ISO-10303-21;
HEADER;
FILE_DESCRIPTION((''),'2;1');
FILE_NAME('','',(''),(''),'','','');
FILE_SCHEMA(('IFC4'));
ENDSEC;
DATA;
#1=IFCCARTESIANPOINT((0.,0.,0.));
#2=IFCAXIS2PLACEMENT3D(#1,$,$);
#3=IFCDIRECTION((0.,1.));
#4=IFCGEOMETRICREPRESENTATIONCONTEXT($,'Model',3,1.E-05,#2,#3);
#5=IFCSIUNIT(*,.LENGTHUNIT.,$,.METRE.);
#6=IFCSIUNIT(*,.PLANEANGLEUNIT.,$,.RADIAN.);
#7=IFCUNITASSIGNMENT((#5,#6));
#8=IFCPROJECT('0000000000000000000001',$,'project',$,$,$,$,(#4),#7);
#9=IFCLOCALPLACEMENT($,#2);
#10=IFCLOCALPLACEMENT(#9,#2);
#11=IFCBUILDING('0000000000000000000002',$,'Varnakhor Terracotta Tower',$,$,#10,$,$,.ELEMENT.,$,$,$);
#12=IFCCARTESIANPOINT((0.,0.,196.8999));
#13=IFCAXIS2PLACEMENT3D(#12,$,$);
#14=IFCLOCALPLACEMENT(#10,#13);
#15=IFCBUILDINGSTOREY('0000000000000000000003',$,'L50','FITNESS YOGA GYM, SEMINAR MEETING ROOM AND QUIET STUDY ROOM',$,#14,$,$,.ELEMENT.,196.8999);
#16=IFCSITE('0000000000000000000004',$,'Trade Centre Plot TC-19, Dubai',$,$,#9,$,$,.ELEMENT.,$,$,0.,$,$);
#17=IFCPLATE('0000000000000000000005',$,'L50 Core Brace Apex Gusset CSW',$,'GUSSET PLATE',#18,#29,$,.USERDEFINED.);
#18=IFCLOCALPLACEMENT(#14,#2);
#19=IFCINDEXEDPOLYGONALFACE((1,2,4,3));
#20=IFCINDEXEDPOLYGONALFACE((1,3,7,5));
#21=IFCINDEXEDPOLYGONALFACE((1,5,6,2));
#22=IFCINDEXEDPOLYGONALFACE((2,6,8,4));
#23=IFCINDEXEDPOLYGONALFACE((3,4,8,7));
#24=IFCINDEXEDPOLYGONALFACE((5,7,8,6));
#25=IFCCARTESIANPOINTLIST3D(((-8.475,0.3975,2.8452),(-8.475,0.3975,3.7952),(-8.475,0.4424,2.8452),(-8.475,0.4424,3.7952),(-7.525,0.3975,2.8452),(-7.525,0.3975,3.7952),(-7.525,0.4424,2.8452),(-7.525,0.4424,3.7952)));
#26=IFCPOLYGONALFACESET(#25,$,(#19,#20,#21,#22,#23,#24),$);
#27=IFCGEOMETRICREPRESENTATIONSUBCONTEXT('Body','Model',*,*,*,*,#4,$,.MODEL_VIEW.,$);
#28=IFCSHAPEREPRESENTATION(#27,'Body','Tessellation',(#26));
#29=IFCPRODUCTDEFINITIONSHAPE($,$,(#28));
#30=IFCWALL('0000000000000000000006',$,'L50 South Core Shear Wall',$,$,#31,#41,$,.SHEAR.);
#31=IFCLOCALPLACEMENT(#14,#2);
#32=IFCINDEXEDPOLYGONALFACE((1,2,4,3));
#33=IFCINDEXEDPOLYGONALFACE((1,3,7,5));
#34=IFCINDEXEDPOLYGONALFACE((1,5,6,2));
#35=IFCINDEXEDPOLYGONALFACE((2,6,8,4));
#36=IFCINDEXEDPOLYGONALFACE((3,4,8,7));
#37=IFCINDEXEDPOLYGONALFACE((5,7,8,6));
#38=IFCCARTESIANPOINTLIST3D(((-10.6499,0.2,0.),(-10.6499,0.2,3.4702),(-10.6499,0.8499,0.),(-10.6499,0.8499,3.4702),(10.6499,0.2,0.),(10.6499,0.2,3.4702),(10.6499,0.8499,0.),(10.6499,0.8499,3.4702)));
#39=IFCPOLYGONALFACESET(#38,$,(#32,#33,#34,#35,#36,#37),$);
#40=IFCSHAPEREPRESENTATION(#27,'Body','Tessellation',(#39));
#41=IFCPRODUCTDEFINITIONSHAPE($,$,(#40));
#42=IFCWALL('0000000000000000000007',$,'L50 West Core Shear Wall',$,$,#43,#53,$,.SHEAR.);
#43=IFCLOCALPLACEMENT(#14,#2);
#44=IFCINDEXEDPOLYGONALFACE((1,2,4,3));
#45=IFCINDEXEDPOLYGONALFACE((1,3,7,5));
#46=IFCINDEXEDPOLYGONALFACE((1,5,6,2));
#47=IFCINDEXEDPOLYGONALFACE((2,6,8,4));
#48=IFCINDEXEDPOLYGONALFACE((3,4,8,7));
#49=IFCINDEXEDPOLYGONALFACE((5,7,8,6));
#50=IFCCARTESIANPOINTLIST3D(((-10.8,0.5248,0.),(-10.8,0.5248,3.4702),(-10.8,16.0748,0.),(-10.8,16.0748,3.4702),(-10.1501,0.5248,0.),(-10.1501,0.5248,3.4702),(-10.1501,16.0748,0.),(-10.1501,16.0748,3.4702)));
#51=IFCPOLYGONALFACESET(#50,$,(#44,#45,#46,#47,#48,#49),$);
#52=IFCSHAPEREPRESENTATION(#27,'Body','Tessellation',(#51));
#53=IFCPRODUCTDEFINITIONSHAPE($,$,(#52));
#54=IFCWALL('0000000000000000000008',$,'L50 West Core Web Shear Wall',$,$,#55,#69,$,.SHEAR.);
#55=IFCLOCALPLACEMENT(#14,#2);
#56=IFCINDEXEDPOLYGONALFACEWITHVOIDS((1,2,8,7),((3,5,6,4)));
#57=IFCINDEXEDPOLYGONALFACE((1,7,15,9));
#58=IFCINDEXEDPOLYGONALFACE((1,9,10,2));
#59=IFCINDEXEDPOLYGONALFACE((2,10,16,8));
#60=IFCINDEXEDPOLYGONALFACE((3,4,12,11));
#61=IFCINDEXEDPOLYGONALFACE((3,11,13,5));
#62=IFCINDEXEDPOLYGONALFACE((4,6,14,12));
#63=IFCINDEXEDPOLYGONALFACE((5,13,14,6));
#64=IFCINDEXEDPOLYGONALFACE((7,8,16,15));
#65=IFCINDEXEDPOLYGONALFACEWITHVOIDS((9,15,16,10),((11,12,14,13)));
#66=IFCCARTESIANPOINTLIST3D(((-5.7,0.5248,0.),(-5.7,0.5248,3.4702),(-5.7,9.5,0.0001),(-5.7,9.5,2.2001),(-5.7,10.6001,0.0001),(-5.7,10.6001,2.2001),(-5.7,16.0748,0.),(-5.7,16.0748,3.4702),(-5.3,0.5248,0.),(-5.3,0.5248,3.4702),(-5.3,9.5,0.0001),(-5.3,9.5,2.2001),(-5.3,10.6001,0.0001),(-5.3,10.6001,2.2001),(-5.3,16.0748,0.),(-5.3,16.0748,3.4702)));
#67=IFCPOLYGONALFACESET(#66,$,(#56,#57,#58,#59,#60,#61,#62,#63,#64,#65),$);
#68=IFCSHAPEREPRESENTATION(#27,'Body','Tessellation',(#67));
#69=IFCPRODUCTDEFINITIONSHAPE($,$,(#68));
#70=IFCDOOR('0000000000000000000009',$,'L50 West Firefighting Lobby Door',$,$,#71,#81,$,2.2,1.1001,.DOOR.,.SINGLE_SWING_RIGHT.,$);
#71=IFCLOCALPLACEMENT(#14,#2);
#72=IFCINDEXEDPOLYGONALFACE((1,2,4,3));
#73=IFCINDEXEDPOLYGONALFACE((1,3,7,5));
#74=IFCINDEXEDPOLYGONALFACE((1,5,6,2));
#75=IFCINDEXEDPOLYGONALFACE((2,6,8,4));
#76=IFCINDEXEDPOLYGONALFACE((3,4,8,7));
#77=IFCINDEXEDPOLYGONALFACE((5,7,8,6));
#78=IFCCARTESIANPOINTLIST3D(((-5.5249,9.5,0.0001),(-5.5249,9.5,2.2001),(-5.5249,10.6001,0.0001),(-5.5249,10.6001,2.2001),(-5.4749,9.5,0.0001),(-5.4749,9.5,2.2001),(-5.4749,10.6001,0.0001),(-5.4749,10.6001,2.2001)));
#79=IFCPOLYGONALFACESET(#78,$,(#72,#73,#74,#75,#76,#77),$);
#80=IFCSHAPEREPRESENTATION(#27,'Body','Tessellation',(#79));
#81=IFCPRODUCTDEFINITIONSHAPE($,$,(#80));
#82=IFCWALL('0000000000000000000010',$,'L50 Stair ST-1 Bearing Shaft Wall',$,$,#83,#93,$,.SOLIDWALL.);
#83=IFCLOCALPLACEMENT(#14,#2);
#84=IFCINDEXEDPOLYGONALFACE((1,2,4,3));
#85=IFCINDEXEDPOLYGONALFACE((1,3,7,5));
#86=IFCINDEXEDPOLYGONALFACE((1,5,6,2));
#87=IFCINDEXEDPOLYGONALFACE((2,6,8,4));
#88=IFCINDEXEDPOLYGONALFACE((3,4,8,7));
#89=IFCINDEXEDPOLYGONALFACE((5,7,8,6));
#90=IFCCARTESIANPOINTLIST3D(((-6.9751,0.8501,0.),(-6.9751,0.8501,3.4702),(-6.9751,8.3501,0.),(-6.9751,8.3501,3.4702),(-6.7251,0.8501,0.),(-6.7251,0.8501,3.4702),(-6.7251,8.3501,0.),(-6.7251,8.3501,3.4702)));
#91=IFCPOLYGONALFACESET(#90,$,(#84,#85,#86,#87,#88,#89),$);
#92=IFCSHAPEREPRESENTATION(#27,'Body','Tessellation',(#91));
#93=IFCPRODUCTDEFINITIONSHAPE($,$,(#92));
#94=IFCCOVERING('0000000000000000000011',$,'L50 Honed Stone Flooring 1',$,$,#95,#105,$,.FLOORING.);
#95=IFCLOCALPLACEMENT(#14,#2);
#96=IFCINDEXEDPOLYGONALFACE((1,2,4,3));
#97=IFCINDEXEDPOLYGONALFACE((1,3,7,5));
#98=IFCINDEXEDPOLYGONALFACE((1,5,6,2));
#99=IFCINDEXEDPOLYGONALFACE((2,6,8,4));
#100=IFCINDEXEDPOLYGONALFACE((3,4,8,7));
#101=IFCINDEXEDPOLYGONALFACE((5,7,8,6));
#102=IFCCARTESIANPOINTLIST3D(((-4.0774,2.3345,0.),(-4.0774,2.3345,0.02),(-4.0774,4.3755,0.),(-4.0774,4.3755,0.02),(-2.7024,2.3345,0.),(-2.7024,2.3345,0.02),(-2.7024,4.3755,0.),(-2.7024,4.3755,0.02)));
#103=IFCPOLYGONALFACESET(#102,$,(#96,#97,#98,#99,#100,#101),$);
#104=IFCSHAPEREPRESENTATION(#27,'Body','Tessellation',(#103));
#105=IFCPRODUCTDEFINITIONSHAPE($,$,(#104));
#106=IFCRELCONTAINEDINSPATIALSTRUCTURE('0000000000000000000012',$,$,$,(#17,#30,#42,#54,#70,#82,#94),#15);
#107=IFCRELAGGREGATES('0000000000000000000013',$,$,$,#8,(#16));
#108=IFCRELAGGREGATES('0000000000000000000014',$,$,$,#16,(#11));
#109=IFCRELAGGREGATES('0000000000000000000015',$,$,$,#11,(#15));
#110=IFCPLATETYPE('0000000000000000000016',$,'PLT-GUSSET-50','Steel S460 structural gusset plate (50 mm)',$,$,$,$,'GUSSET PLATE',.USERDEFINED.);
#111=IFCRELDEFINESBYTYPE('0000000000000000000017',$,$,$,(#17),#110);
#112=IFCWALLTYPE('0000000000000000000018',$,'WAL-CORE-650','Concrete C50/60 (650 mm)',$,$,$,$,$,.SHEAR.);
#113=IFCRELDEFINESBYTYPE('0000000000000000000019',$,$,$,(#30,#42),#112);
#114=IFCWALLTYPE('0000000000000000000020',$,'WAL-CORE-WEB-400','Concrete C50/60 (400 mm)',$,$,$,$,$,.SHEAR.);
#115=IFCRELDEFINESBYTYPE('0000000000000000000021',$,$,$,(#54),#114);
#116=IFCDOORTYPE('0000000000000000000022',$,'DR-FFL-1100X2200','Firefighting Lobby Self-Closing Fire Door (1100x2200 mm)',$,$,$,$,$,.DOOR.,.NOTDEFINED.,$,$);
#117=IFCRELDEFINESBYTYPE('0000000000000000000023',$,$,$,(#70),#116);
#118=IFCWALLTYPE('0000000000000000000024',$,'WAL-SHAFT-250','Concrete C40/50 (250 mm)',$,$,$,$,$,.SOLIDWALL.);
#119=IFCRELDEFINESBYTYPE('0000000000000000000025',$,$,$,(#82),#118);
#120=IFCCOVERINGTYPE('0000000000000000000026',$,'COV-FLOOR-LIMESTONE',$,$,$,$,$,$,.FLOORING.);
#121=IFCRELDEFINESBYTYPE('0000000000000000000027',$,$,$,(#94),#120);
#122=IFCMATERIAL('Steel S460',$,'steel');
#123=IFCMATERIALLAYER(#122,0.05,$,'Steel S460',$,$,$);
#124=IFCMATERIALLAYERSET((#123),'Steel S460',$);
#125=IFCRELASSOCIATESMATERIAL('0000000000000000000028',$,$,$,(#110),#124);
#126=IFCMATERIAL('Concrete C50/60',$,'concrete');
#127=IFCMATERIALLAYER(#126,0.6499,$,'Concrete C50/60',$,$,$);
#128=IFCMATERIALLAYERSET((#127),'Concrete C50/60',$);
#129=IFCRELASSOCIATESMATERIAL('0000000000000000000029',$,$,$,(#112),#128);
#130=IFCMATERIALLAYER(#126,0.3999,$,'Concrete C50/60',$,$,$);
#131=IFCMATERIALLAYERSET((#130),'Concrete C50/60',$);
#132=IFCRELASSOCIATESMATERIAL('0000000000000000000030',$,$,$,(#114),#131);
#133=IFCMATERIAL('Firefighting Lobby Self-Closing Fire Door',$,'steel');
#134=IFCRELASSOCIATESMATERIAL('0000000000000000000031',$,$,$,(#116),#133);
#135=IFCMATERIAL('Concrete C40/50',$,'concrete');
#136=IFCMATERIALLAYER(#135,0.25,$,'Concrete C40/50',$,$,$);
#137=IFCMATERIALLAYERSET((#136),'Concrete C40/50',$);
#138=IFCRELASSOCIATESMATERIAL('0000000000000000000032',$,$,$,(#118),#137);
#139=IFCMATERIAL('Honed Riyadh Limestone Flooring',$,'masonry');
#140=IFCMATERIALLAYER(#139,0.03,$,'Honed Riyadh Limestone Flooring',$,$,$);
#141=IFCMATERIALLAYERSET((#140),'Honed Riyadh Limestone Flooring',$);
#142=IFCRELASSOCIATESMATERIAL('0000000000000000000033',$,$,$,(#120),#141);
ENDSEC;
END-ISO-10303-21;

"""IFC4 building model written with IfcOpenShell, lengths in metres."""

from ifc_helpers import new_model, si_unit, direction, frame, frame_2d, origin, origin_2d, place, context, subcontext, project, spatial, rectangle, extrude, source, transform, mapped, material, layer, layer_set, type_object, type_shapes, element, fill, save


model = new_model("IFC4")

# Units and contexts
model_context = context("Model", 3, precision=1e-05, world=origin(), true_north=direction((0.0, 1.0)))
body_context = subcontext(model_context, "Body", "Model", "MODEL_VIEW")
ifc_project = project(units=[si_unit("LENGTHUNIT", "METRE"), si_unit("PLANEANGLEUNIT", "RADIAN")], contexts=[model_context])

# Site, building, storey
site_placement = place(None, origin())
site = spatial("IfcSite", under=ifc_project, at=site_placement, Name="Trade Centre Plot TC-19, Dubai", CompositionType="ELEMENT", RefElevation=0.0)
building_placement = place(site_placement, origin())
building = spatial("IfcBuilding", under=site, at=building_placement, Name="Varnakhor Terracotta Tower", CompositionType="ELEMENT")
storey_placement = place(building_placement, frame((0.0, 0.0, 196.8999)))
storey = spatial("IfcBuildingStorey", under=building, at=storey_placement, Name="L50", Description="FITNESS YOGA GYM, SEMINAR MEETING ROOM AND QUIET STUDY ROOM", CompositionType="ELEMENT", Elevation=196.8999)

# Shared definitions
ifc_material_1 = material(Name="Concrete C50/60", Category="concrete")

# Shared definitions
ifc_material_2 = material(Name="Steel S460", Category="steel")

# Plate
ifc_layer_1 = layer(ifc_material_2, 0.05, Name="Steel S460")
ifc_layer_set_1 = layer_set([ifc_layer_1], Name="Steel S460")
plate_type = type_object("IfcPlateType", Name="PLT-GUSSET-50", Description="Steel S460 structural gusset plate (50 mm)", ElementType="GUSSET PLATE", PredefinedType="USERDEFINED", material=ifc_layer_set_1)
shared_shape_1 = source(origin(), body_context, "Body", "SweptSolid", [
    extrude(rectangle(XDim=0.95, YDim=0.0449, at=origin_2d()), origin(), (0.0, 0.0, 1.0), 0.95),
])
plate_placement = place(storey_placement, frame((-8.0, 0.4199, 2.8452), z_axis=(0.0, 0.0, 1.0), x_axis=(1.0, 0.0, 0.0)))
element("IfcPlate", 1, at=plate_placement, inside=storey, type_object=plate_type, Name="L50 Core Brace Apex Gusset CSW", ObjectType="GUSSET PLATE", PredefinedType="USERDEFINED", context=body_context, shape_type="MappedRepresentation", body=[
    mapped(shared_shape_1, transform((0.0, 0.0, 0.0), scale=1.0)),
])

# Walls
ifc_layer_2 = layer(ifc_material_1, 0.6499, Name="Concrete C50/60")
ifc_layer_set_2 = layer_set([ifc_layer_2], Name="Concrete C50/60")
wall_type_1 = type_object("IfcWallType", Name="WAL-CORE-650", Description="Concrete C50/60 (650 mm)", PredefinedType="SHEAR", material=ifc_layer_set_2)
wall_1_placement = place(storey_placement, frame((-10.6499, 0.5249, 0.0), z_axis=(0.0, 0.0, 1.0), x_axis=(1.0, 0.0, 0.0)))
element("IfcWall", 2, at=wall_1_placement, inside=storey, type_object=wall_type_1, Name="L50 South Core Shear Wall", PredefinedType="SHEAR", context=body_context, shape_type="SweptSolid", body=[
    extrude(rectangle(XDim=21.2998, YDim=0.6499, at=frame_2d((10.6499, 0.0))), origin(), (0.0, 0.0, 1.0), 3.4702),
])
wall_2_placement = place(storey_placement, frame((-10.4751, 0.5249, 0.0), z_axis=(0.0, 0.0, 1.0), x_axis=(0.0, 1.0, 0.0)))
element("IfcWall", 3, at=wall_2_placement, inside=storey, type_object=wall_type_1, Name="L50 West Core Shear Wall", PredefinedType="SHEAR", context=body_context, shape_type="SweptSolid", body=[
    extrude(rectangle(XDim=15.55, YDim=0.6499, at=frame_2d((7.7749, 0.0))), origin(), (0.0, 0.0, 1.0), 3.4702),
])

# Wall, opening, door
ifc_layer_3 = layer(ifc_material_1, 0.3999, Name="Concrete C50/60")
ifc_layer_set_3 = layer_set([ifc_layer_3], Name="Concrete C50/60")
wall_type_2 = type_object("IfcWallType", Name="WAL-CORE-WEB-400", Description="Concrete C50/60 (400 mm)", PredefinedType="SHEAR", material=ifc_layer_set_3)
wall_3_placement = place(storey_placement, frame((-5.5, 0.5249, 0.0), z_axis=(0.0, 0.0, 1.0), x_axis=(0.0, 1.0, 0.0)))
wall_3 = element("IfcWall", 4, at=wall_3_placement, inside=storey, type_object=wall_type_2, Name="L50 West Core Web Shear Wall", PredefinedType="SHEAR", context=body_context, shape_type="SweptSolid", body=[
    extrude(rectangle(XDim=15.55, YDim=0.3999, at=frame_2d((7.7749, 0.0))), origin(), (0.0, 0.0, 1.0), 3.4702),
])
opening_placement = place(wall_3_placement, frame((8.9751, 0.0, 0.0)))
opening = element("IfcOpeningElement", 5, at=opening_placement, cuts=wall_3, PredefinedType="OPENING", context=body_context, shape_type="SweptSolid", body=[
    extrude(rectangle(XDim=1.1001, YDim=2.2, at=frame_2d((0.55, 1.1001))), frame((0.0, 0.21, 0.0), z_axis=(0.0, -1.0, 0.0), x_axis=(1.0, 0.0, 0.0)), (0.0, 0.0, 1.0), 0.4199),
])
ifc_material_3 = material(Name="Firefighting Lobby Self-Closing Fire Door", Category="steel")
door_type = type_object("IfcDoorType", Name="DR-FFL-1100X2200", Description="Firefighting Lobby Self-Closing Fire Door (1100x2200 mm)", OperationType="NOTDEFINED", PredefinedType="DOOR", material=ifc_material_3)
shared_shape_2 = source(origin(), body_context, "Body", "SweptSolid", [
    extrude(rectangle(XDim=1.1001, YDim=2.2, at=frame_2d((0.55, 1.1001))), frame((0.0, 0.0249, 0.0), z_axis=(0.0, -1.0, 0.0), x_axis=(1.0, 0.0, 0.0)), (0.0, 0.0, 1.0), 0.05),
])
type_shapes(door_type, [shared_shape_2])
door_placement = place(opening_placement, origin())
door = element("IfcDoor", 6, at=door_placement, inside=storey, type_object=door_type, Name="L50 West Firefighting Lobby Door", OperationType="SINGLE_SWING_RIGHT", OverallHeight=2.2, OverallWidth=1.1001, PredefinedType="DOOR", context=body_context, shape_type="MappedRepresentation", body=[
    mapped(shared_shape_2, transform((0.0, 0.0, 0.0), scale=1.0)),
])
fill(opening, door)

# Wall
ifc_material_4 = material(Name="Concrete C40/50", Category="concrete")
ifc_layer_4 = layer(ifc_material_4, 0.25, Name="Concrete C40/50")
ifc_layer_set_4 = layer_set([ifc_layer_4], Name="Concrete C40/50")
wall_type_3 = type_object("IfcWallType", Name="WAL-SHAFT-250", Description="Concrete C40/50 (250 mm)", PredefinedType="SOLIDWALL", material=ifc_layer_set_4)
wall_4_placement = place(storey_placement, frame((-6.8501, 0.8501, 0.0), z_axis=(0.0, 0.0, 1.0), x_axis=(0.0, 1.0, 0.0)))
element("IfcWall", 7, at=wall_4_placement, inside=storey, type_object=wall_type_3, Name="L50 Stair ST-1 Bearing Shaft Wall", PredefinedType="SOLIDWALL", context=body_context, shape_type="SweptSolid", body=[
    extrude(rectangle(XDim=7.5, YDim=0.25, at=frame_2d((3.75, 0.0))), origin(), (0.0, 0.0, 1.0), 3.4702),
])

# Covering
ifc_material_5 = material(Name="Honed Riyadh Limestone Flooring", Category="masonry")
ifc_layer_5 = layer(ifc_material_5, 0.03, Name="Honed Riyadh Limestone Flooring")
ifc_layer_set_5 = layer_set([ifc_layer_5], Name="Honed Riyadh Limestone Flooring")
covering_type = type_object("IfcCoveringType", Name="COV-FLOOR-LIMESTONE", PredefinedType="FLOORING", material=ifc_layer_set_5)
shared_shape_3 = source(origin(), body_context, "Body", "SweptSolid", [
    extrude(rectangle(XDim=1.375, YDim=2.041, at=origin_2d()), origin(), (0.0, 0.0, 1.0), 0.02),
])
covering_placement = place(storey_placement, frame((-3.3899, 3.355, 0.0), z_axis=(0.0, 0.0, 1.0), x_axis=(1.0, 0.0, 0.0)))
element("IfcCovering", 8, at=covering_placement, inside=storey, type_object=covering_type, Name="L50 Honed Stone Flooring 1", PredefinedType="FLOORING", context=body_context, shape_type="MappedRepresentation", body=[
    mapped(shared_shape_3, transform((0.0, 0.0, 0.0), scale=1.0)),
])

save(model, "model.ifc")
